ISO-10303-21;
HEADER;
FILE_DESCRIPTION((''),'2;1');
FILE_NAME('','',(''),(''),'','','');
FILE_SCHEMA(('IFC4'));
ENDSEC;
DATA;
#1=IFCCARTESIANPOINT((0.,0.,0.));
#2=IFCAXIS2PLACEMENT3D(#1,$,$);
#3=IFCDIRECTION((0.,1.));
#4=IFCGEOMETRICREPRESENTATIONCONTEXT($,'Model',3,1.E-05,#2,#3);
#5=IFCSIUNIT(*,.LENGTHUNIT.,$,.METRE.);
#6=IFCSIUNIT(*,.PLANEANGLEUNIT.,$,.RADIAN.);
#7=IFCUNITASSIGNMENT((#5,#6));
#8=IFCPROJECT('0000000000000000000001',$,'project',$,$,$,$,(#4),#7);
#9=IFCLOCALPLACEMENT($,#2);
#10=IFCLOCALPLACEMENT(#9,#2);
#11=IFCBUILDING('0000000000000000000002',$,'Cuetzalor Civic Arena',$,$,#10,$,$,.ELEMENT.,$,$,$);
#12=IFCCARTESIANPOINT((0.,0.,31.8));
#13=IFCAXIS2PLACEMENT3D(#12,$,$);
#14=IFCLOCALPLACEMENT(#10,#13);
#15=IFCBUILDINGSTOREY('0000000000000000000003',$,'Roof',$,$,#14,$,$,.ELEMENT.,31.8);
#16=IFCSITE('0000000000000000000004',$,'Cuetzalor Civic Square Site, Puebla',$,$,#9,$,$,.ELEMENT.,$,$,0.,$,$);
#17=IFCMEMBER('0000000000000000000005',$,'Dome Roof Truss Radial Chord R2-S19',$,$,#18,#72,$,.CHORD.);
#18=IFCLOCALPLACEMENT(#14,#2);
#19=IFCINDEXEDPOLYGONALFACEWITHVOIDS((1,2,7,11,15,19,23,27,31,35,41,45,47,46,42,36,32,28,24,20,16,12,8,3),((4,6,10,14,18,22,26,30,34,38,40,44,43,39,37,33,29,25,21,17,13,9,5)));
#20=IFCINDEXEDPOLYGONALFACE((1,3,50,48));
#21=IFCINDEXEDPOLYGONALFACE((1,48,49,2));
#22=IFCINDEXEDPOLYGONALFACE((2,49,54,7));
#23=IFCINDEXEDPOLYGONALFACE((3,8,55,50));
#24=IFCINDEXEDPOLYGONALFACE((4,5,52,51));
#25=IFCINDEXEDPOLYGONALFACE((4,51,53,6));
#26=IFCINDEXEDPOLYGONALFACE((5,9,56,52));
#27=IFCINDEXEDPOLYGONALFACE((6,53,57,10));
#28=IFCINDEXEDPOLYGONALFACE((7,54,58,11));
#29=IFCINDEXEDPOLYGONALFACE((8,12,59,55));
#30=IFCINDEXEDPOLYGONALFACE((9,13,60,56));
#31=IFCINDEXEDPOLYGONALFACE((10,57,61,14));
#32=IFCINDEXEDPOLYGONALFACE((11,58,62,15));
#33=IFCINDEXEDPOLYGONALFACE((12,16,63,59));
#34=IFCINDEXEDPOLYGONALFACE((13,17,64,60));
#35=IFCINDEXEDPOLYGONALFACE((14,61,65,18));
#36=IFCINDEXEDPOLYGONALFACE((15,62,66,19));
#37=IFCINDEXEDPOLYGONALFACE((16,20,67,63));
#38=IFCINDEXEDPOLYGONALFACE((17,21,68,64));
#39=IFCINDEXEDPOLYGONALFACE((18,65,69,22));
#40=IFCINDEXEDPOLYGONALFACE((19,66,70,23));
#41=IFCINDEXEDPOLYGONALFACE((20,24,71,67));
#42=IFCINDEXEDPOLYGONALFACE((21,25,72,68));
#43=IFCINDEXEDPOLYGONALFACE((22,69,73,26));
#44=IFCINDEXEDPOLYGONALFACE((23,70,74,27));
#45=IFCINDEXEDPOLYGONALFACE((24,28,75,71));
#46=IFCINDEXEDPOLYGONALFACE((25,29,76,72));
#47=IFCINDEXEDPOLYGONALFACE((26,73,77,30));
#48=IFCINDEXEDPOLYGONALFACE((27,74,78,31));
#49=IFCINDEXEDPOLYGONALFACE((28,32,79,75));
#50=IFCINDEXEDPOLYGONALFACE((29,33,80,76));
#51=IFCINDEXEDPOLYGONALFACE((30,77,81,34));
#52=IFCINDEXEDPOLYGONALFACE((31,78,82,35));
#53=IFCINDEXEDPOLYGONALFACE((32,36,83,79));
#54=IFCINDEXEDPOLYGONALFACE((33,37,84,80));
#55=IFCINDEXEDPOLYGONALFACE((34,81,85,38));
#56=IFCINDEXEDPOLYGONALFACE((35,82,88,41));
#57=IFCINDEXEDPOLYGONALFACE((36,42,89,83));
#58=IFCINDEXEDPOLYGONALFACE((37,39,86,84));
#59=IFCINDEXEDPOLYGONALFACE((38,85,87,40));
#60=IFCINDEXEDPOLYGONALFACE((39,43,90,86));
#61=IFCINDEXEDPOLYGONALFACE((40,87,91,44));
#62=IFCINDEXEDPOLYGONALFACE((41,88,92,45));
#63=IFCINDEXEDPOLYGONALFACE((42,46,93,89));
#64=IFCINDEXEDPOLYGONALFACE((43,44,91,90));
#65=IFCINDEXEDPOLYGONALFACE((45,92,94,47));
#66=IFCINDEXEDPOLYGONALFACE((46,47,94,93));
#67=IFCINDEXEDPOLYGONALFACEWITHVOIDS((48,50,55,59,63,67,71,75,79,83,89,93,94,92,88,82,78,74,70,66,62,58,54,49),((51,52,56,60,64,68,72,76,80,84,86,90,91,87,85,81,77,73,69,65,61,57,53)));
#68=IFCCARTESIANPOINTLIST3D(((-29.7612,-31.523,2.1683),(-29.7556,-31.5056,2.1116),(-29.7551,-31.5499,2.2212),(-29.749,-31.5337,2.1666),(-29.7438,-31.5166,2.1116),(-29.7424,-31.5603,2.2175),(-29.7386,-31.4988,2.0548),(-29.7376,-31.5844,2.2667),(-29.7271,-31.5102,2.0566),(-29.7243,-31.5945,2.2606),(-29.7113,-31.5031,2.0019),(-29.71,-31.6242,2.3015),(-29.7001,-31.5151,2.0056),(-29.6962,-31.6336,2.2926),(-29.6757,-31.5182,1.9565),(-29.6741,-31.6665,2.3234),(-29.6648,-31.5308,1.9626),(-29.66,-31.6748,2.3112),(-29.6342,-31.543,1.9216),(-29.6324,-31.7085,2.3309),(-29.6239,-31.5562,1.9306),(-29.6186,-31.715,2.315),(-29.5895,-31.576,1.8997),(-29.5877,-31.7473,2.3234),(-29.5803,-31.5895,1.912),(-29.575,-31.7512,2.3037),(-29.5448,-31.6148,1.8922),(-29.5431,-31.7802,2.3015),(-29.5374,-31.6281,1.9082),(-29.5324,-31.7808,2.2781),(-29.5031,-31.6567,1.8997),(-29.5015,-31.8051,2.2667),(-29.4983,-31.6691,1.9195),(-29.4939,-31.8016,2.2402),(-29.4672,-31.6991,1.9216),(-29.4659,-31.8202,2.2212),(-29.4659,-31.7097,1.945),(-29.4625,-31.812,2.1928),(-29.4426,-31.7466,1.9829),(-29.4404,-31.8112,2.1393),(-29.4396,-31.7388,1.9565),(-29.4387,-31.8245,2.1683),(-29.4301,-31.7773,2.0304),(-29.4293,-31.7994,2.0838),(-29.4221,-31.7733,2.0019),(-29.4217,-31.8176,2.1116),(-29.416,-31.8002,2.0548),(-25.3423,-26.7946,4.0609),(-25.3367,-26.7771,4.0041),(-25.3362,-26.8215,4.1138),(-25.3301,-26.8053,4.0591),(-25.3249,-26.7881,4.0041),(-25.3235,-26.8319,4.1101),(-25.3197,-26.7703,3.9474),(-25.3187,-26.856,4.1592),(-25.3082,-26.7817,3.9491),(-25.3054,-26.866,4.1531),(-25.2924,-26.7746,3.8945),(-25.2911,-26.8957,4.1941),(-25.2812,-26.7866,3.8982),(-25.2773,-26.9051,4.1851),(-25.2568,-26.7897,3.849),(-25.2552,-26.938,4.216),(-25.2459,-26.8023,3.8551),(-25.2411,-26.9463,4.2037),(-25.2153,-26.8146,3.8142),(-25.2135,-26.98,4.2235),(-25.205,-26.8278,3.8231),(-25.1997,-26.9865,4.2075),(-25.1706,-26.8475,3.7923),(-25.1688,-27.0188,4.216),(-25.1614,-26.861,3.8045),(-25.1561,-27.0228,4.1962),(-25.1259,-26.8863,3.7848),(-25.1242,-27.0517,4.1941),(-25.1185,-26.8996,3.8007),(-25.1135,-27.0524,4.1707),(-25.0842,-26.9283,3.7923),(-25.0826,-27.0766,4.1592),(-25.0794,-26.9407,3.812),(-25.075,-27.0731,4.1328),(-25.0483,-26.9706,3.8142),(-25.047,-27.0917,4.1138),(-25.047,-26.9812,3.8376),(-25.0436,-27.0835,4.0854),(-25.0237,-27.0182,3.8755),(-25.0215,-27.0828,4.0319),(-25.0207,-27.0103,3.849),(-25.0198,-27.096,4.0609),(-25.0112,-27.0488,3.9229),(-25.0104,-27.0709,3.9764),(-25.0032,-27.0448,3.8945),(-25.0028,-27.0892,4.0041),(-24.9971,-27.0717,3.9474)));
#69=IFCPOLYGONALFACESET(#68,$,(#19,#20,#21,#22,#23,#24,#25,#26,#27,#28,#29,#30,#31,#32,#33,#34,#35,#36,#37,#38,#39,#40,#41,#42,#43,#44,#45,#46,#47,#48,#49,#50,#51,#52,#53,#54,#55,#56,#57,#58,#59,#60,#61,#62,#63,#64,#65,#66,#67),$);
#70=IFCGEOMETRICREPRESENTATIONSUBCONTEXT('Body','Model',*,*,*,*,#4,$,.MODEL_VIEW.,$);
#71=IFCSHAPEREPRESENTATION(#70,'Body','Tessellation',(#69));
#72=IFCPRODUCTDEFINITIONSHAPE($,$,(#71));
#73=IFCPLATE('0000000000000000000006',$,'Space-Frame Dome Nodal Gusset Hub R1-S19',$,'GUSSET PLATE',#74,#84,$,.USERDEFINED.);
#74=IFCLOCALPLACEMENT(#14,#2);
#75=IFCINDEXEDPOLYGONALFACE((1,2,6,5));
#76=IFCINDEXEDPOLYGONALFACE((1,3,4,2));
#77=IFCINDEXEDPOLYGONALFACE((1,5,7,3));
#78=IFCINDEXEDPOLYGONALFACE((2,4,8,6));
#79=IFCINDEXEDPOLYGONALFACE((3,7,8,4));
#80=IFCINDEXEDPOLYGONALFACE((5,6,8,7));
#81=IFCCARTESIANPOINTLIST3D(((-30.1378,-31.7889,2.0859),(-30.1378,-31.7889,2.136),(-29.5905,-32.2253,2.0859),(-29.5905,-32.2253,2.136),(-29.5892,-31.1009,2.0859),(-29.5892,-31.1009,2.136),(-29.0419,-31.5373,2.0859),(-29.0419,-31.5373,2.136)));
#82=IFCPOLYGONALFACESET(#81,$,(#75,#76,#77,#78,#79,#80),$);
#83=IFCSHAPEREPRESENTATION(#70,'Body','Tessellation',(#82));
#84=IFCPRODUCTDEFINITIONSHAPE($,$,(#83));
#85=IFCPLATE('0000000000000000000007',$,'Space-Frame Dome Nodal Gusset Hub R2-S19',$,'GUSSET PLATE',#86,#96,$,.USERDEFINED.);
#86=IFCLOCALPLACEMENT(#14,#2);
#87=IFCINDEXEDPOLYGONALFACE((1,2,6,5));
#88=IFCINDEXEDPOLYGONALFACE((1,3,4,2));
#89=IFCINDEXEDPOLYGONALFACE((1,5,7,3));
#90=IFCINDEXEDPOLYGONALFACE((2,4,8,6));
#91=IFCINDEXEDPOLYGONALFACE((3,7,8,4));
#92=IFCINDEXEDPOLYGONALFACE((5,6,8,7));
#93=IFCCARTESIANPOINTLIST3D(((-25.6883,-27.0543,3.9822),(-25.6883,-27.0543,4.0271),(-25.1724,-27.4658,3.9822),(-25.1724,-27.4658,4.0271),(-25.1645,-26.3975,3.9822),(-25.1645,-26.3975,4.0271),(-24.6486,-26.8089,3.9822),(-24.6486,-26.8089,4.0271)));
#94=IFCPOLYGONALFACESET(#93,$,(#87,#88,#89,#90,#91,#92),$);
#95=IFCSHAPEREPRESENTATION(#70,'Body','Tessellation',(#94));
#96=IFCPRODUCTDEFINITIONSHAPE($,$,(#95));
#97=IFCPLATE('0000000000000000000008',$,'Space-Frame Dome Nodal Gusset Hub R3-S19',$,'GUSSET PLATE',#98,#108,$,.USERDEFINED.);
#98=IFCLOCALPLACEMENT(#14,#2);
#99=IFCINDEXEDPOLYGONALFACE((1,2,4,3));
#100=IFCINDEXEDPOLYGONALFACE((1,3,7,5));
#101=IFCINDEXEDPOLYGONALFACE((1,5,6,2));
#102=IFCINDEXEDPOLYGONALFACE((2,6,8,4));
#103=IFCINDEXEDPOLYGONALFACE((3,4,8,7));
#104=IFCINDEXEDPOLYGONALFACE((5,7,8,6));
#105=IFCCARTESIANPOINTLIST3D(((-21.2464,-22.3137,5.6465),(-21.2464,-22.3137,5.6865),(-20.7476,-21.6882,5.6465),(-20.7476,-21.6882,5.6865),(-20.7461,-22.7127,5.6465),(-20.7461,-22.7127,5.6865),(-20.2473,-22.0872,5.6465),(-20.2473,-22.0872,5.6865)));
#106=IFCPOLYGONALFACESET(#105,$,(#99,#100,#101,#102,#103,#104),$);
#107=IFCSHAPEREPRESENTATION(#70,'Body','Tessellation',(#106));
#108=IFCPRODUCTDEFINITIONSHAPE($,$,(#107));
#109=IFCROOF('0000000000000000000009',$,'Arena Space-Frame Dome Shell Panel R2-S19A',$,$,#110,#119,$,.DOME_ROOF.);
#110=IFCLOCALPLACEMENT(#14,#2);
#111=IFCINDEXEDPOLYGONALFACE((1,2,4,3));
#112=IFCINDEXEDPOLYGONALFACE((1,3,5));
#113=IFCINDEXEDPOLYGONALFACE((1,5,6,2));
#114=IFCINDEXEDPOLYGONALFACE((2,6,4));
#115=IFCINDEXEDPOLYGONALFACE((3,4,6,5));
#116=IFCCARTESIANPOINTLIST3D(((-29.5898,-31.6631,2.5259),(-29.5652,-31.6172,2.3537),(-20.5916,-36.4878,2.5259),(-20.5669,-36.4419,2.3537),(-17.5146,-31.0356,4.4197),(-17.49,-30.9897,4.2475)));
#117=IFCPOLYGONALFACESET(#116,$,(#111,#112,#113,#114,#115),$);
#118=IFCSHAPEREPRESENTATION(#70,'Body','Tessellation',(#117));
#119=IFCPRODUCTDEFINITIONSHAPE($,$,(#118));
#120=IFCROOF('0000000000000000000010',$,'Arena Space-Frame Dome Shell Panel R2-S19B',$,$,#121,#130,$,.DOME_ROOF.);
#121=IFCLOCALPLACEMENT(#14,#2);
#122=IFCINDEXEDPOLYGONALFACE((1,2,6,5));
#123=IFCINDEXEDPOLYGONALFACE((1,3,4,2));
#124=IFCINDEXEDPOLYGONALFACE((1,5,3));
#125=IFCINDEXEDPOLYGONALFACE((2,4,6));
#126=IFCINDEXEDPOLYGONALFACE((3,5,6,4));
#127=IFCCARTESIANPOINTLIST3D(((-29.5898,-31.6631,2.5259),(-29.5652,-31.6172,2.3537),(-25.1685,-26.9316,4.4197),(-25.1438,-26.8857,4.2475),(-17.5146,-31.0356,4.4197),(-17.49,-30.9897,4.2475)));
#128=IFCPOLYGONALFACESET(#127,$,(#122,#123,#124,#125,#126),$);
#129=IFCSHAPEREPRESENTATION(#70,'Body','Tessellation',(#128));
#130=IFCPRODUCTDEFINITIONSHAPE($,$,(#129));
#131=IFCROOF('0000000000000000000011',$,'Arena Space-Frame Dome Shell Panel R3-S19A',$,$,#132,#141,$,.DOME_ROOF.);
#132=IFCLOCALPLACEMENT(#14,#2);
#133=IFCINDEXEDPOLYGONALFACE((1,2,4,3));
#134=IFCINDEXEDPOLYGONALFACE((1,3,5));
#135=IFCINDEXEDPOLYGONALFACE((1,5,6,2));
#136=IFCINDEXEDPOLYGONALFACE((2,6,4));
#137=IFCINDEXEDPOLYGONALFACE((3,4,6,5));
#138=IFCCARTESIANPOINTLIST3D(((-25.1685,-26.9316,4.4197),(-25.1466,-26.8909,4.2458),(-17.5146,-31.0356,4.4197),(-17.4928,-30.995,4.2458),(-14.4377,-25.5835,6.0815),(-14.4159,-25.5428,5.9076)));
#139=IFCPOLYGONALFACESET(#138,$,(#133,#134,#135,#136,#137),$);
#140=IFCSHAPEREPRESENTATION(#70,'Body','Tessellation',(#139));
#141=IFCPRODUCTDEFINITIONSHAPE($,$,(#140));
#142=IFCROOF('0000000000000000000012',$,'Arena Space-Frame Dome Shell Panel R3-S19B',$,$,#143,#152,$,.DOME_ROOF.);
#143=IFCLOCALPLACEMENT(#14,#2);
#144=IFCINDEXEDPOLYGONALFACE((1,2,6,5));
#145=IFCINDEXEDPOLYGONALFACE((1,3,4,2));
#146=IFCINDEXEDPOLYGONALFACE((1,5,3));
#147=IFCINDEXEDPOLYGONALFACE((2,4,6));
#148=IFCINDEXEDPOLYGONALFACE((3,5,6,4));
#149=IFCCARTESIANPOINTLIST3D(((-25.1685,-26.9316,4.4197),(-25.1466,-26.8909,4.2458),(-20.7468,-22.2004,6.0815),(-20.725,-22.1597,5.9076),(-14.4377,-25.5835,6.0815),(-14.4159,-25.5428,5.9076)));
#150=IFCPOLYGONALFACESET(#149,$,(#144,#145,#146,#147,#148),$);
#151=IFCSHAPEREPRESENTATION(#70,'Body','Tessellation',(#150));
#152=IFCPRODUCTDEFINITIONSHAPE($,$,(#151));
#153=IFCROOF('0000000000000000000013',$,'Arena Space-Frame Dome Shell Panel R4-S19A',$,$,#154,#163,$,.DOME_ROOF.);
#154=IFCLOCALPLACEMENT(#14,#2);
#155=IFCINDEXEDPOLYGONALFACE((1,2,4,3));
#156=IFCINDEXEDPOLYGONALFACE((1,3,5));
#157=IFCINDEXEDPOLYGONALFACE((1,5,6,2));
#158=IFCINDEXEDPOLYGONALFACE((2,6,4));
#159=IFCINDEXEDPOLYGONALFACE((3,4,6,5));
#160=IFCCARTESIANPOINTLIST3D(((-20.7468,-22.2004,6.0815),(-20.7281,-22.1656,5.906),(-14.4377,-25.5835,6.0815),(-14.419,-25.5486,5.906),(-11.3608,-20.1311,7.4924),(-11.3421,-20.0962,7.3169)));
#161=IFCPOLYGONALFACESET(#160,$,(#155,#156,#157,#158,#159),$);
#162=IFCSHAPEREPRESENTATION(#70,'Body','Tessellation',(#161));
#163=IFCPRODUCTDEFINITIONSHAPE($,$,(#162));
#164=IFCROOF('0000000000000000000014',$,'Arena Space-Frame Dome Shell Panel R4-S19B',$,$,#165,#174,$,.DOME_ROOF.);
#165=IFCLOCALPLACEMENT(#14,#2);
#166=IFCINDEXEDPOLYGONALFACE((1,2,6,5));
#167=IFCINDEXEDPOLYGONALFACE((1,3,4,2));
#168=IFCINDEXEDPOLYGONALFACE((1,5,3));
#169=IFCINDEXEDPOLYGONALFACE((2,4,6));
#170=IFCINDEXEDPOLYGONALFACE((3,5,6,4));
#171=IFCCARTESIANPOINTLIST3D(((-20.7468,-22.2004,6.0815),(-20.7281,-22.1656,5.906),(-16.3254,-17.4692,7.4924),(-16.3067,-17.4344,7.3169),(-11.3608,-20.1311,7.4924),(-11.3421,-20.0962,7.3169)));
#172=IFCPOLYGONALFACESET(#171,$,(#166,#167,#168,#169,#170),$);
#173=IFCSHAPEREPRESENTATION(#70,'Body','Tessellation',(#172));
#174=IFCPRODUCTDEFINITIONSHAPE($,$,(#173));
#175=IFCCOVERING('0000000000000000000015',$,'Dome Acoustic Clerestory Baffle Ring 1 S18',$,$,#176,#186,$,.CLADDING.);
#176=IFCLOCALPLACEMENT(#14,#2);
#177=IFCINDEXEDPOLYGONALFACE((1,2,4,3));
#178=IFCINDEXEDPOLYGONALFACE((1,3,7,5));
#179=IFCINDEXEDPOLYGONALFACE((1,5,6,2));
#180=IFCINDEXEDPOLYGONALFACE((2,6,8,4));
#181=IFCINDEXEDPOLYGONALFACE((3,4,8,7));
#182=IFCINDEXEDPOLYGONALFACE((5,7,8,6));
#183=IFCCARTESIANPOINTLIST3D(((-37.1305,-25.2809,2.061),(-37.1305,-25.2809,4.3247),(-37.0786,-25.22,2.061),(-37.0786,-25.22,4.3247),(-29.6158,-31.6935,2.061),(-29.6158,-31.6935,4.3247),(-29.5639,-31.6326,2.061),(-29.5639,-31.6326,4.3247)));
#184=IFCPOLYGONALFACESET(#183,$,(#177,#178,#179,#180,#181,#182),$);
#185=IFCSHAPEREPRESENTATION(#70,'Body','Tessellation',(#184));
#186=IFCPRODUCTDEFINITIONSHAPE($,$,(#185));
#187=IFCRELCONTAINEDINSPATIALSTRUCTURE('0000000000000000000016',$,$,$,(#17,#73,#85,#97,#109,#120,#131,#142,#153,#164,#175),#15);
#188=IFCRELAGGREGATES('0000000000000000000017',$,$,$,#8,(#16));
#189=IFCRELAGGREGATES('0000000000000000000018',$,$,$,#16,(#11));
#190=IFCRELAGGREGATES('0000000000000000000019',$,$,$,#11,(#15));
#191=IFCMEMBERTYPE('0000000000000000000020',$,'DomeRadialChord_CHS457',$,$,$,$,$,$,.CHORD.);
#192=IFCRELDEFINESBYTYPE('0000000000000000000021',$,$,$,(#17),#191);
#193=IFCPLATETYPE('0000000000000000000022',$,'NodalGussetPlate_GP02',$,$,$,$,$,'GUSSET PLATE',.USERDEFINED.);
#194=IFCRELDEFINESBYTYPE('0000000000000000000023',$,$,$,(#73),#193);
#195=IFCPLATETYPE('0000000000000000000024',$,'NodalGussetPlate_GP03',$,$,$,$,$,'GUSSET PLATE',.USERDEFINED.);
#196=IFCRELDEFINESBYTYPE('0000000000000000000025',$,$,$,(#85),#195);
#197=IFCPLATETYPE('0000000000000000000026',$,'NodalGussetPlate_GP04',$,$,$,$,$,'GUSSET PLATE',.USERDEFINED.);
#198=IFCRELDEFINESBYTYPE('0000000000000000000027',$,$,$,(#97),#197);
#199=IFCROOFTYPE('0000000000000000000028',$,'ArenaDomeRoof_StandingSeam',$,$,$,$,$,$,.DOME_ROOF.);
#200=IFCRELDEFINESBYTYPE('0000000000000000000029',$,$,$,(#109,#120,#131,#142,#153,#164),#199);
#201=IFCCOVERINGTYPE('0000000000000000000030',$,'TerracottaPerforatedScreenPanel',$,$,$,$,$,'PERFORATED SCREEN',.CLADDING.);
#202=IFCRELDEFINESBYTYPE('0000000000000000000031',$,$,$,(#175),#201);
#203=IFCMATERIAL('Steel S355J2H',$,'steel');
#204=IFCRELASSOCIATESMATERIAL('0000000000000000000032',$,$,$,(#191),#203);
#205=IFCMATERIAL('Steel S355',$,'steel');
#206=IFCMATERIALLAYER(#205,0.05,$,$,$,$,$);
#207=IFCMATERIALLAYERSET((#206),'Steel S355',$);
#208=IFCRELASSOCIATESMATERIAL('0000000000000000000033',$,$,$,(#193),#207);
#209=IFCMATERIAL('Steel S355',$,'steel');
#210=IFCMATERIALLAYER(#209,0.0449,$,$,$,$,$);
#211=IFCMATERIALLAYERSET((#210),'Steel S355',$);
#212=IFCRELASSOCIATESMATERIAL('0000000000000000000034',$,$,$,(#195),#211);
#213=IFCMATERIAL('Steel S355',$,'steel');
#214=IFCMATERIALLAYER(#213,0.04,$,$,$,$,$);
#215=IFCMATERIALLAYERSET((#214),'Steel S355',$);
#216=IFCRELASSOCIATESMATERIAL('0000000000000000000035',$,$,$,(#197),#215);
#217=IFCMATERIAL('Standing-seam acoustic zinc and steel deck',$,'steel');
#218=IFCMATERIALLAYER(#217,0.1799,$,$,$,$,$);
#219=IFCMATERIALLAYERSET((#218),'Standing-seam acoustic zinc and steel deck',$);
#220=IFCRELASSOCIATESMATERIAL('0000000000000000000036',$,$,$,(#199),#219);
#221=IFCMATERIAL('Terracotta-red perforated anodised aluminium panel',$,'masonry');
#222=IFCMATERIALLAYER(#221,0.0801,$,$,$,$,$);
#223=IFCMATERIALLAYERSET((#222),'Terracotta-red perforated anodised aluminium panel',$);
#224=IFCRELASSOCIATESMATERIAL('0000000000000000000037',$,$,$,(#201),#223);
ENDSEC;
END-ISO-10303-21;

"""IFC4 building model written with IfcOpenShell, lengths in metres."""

from ifc_helpers import new_model, si_unit, direction, frame, frame_2d, origin, origin_2d, place, context, subcontext, project, spatial, polyline, rectangle, hollow_circle, outline, extrude, material, layer, layer_set, material_profile, profile_set, type_object, element, save


model = new_model("IFC4")

# Units and contexts
model_context = context("Model", 3, precision=1e-05, world=origin(), true_north=direction((0.0, 1.0)))
body_context = subcontext(model_context, "Body", "Model", "MODEL_VIEW")
ifc_project = project(units=[si_unit("LENGTHUNIT", "METRE"), si_unit("PLANEANGLEUNIT", "RADIAN")], contexts=[model_context])

# Site, building, storey
site_placement = place(None, origin())
site = spatial("IfcSite", under=ifc_project, at=site_placement, Name="Cuetzalor Civic Square Site, Puebla", CompositionType="ELEMENT", RefElevation=0.0)
building_placement = place(site_placement, origin())
building = spatial("IfcBuilding", under=site, at=building_placement, Name="Cuetzalor Civic Arena", CompositionType="ELEMENT")
storey_placement = place(building_placement, frame((0.0, 0.0, 31.8)))
storey = spatial("IfcBuildingStorey", under=building, at=storey_placement, Name="Roof", CompositionType="ELEMENT", Elevation=31.8)

# Member
ifc_material_1 = material(Name="Steel S355J2H", Category="steel")
ifc_material_profile_1 = material_profile(ifc_material_1, hollow_circle(Radius=0.2285, WallThickness=0.0161, at=origin_2d()), Name="CHS 457x16")
ifc_profile_set_1 = profile_set([ifc_material_profile_1], Name="Steel S355J2H")
member_type_1 = type_object("IfcMemberType", Name="DomeRadialChord_CHS457", PredefinedType="CHORD", material=ifc_profile_set_1)
member_1_placement = place(storey_placement, frame((-29.5886, -31.6616, 2.1116), z_axis=(0.65534, 0.70125, 0.280674), x_axis=(-0.730619, 0.682786, 0.0)))
element("IfcMember", 1, at=member_1_placement, inside=storey, type_object=member_type_1, Name="Dome Roof Truss Radial Chord R2-S19", PredefinedType="CHORD", context=body_context, shape_type="SweptSolid", body=[
    extrude(hollow_circle(Radius=0.2285, WallThickness=0.0161, at=origin_2d()), origin(), (0.0, 0.0, 1.0), 6.7429),
])

# Plates
ifc_material_2 = material(Name="Steel S355", Category="steel")
ifc_layer_1 = layer(ifc_material_2, 0.05)
ifc_layer_set_1 = layer_set([ifc_layer_1], Name="Steel S355")
plate_type_1 = type_object("IfcPlateType", Name="NodalGussetPlate_GP02", ElementType="GUSSET PLATE", PredefinedType="USERDEFINED", material=ifc_layer_set_1)
plate_1_placement = place(storey_placement, frame((-29.5898, -31.6631, 2.0859), z_axis=(0.0, 0.0, 1.0), x_axis=(-0.62347, -0.781847, 0.0)))
element("IfcPlate", 2, at=plate_1_placement, inside=storey, type_object=plate_type_1, Name="Space-Frame Dome Nodal Gusset Hub R1-S19", ObjectType="GUSSET PLATE", PredefinedType="USERDEFINED", context=body_context, shape_type="SweptSolid", body=[
    extrude(rectangle(XDim=0.8799, YDim=0.7, at=origin_2d()), origin(), (0.0, 0.0, 1.0), 0.05),
])
ifc_material_3 = material(Name="Steel S355", Category="steel")
ifc_layer_2 = layer(ifc_material_3, 0.0449)
ifc_layer_set_2 = layer_set([ifc_layer_2], Name="Steel S355")
plate_type_2 = type_object("IfcPlateType", Name="NodalGussetPlate_GP03", ElementType="GUSSET PLATE", PredefinedType="USERDEFINED", material=ifc_layer_set_2)
plate_2_placement = place(storey_placement, frame((-25.1685, -26.9316, 3.9822), z_axis=(0.0, 0.0, 1.0), x_axis=(-0.62347, -0.781847, 0.0)))
element("IfcPlate", 3, at=plate_2_placement, inside=storey, type_object=plate_type_2, Name="Space-Frame Dome Nodal Gusset Hub R2-S19", ObjectType="GUSSET PLATE", PredefinedType="USERDEFINED", context=body_context, shape_type="SweptSolid", body=[
    extrude(rectangle(XDim=0.8401, YDim=0.6599, at=origin_2d()), origin(), (0.0, 0.0, 1.0), 0.0449),
])
ifc_material_4 = material(Name="Steel S355", Category="steel")
ifc_layer_3 = layer(ifc_material_4, 0.04)
ifc_layer_set_3 = layer_set([ifc_layer_3], Name="Steel S355")
plate_type_3 = type_object("IfcPlateType", Name="NodalGussetPlate_GP04", ElementType="GUSSET PLATE", PredefinedType="USERDEFINED", material=ifc_layer_set_3)
plate_3_placement = place(storey_placement, frame((-20.7468, -22.2004, 5.6465), z_axis=(0.0, 0.0, 1.0), x_axis=(-0.62347, -0.781847, 0.0)))
element("IfcPlate", 4, at=plate_3_placement, inside=storey, type_object=plate_type_3, Name="Space-Frame Dome Nodal Gusset Hub R3-S19", ObjectType="GUSSET PLATE", PredefinedType="USERDEFINED", context=body_context, shape_type="SweptSolid", body=[
    extrude(rectangle(XDim=0.8, YDim=0.6399, at=origin_2d()), origin(), (0.0, 0.0, 1.0), 0.04),
])

# Roofs
ifc_material_5 = material(Name="Standing-seam acoustic zinc and steel deck", Category="steel")
ifc_layer_4 = layer(ifc_material_5, 0.1799)
ifc_layer_set_4 = layer_set([ifc_layer_4], Name="Standing-seam acoustic zinc and steel deck")
roof_type = type_object("IfcRoofType", Name="ArenaDomeRoof_StandingSeam", PredefinedType="DOME_ROOF", material=ifc_layer_set_4)
roof_1_placement = place(storey_placement, frame((-29.5898, -31.6631, 2.5259), z_axis=(-0.136851, -0.255232, 0.957146), x_axis=(0.881309, -0.472541, 0.0)))
element("IfcRoof", 5, at=roof_1_placement, inside=storey, type_object=roof_type, Name="Arena Space-Frame Dome Shell Panel R2-S19A", PredefinedType="DOME_ROOF", context=body_context, shape_type="SweptSolid", body=[
    extrude(outline(polyline([(0.0, 0.0), (10.2101, 0.0), (10.3455, 6.5392), (0.0, 0.0)])), origin(), (0.0, 0.0, -1.0), 0.1799),
])
roof_2_placement = place(storey_placement, frame((-29.5898, -31.6631, 2.5259), z_axis=(-0.136852, -0.255223, 0.957148), x_axis=(0.986625, 0.051266, 0.154736)))
element("IfcRoof", 6, at=roof_2_placement, inside=storey, type_object=roof_type, Name="Arena Space-Frame Dome Shell Panel R2-S19B", PredefinedType="DOME_ROOF", context=body_context, shape_type="SweptSolid", body=[
    extrude(outline(polyline([(0.0, 0.0), (12.2389, 0.0), (4.8979, 4.6403), (0.0, 0.0)])), origin(), (0.0, 0.0, -1.0), 0.1799),
])
roof_3_placement = place(storey_placement, frame((-25.1685, -26.9316, 4.4197), z_axis=(-0.12127, -0.226163, 0.966511), x_axis=(0.8813, -0.472557, 0.0)))
element("IfcRoof", 7, at=roof_3_placement, inside=storey, type_object=roof_type, Name="Arena Space-Frame Dome Shell Panel R3-S19A", PredefinedType="DOME_ROOF", context=body_context, shape_type="SweptSolid", body=[
    extrude(outline(polyline([(0.0, 0.0), (8.6847, 0.0), (8.8199, 6.4759), (0.0, 0.0)])), origin(), (0.0, 0.0, -1.0), 0.1799),
])
roof_4_placement = place(storey_placement, frame((-25.1685, -26.9316, 4.4197), z_axis=(-0.121271, -0.226158, 0.966512), x_axis=(0.98069, 0.123208, 0.151879)))
element("IfcRoof", 8, at=roof_4_placement, inside=storey, type_object=roof_type, Name="Arena Space-Frame Dome Shell Panel R3-S19B", PredefinedType="DOME_ROOF", context=body_context, shape_type="SweptSolid", body=[
    extrude(outline(polyline([(0.0, 0.0), (10.942, 0.0), (5.1716, 4.2369), (0.0, 0.0)])), origin(), (0.0, 0.0, -1.0), 0.1799),
])
roof_5_placement = place(storey_placement, frame((-20.7468, -22.2004, 6.0815), z_axis=(-0.103914, -0.19379, 0.975524), x_axis=(0.881294, -0.472568, 0.0)))
element("IfcRoof", 9, at=roof_5_placement, inside=storey, type_object=roof_type, Name="Arena Space-Frame Dome Shell Panel R4-S19A", PredefinedType="DOME_ROOF", context=body_context, shape_type="SweptSolid", body=[
    extrude(outline(polyline([(0.0, 0.0), (7.1589, 0.0), (7.2939, 6.4163), (0.0, 0.0)])), origin(), (0.0, 0.0, -1.0), 0.1799),
])
roof_6_placement = place(storey_placement, frame((-20.7468, -22.2004, 6.0815), z_axis=(-0.103911, -0.193803, 0.975522), x_axis=(0.966193, 0.213017, 0.145237)))
element("IfcRoof", 10, at=roof_6_placement, inside=storey, type_object=roof_type, Name="Arena Space-Frame Dome Shell Panel R4-S19B", PredefinedType="DOME_ROOF", context=body_context, shape_type="SweptSolid", body=[
    extrude(outline(polyline([(0.0, 0.0), (9.7144, 0.0), (5.4847, 3.7205), (0.0, 0.0)])), origin(), (0.0, 0.0, -1.0), 0.1799),
])

# Covering
ifc_material_6 = material(Name="Terracotta-red perforated anodised aluminium panel", Category="masonry")
ifc_layer_5 = layer(ifc_material_6, 0.0801)
ifc_layer_set_5 = layer_set([ifc_layer_5], Name="Terracotta-red perforated anodised aluminium panel")
covering_type = type_object("IfcCoveringType", Name="TerracottaPerforatedScreenPanel", ElementType="PERFORATED SCREEN", PredefinedType="CLADDING", material=ifc_layer_set_5)
covering_1_placement = place(storey_placement, frame((-29.5898, -31.6631, 2.061), z_axis=(0.0, 0.0, 1.0), x_axis=(-0.760682, 0.649125, 0.0)))
element("IfcCovering", 11, at=covering_1_placement, inside=storey, type_object=covering_type, Name="Dome Acoustic Clerestory Baffle Ring 1 S18", PredefinedType="CLADDING", context=body_context, shape_type="SweptSolid", body=[
    extrude(rectangle(XDim=9.8789, YDim=0.0801, at=frame_2d((4.9395, 0.0))), origin(), (0.0, 0.0, 1.0), 2.2637),
])

save(model, "model.ifc")
